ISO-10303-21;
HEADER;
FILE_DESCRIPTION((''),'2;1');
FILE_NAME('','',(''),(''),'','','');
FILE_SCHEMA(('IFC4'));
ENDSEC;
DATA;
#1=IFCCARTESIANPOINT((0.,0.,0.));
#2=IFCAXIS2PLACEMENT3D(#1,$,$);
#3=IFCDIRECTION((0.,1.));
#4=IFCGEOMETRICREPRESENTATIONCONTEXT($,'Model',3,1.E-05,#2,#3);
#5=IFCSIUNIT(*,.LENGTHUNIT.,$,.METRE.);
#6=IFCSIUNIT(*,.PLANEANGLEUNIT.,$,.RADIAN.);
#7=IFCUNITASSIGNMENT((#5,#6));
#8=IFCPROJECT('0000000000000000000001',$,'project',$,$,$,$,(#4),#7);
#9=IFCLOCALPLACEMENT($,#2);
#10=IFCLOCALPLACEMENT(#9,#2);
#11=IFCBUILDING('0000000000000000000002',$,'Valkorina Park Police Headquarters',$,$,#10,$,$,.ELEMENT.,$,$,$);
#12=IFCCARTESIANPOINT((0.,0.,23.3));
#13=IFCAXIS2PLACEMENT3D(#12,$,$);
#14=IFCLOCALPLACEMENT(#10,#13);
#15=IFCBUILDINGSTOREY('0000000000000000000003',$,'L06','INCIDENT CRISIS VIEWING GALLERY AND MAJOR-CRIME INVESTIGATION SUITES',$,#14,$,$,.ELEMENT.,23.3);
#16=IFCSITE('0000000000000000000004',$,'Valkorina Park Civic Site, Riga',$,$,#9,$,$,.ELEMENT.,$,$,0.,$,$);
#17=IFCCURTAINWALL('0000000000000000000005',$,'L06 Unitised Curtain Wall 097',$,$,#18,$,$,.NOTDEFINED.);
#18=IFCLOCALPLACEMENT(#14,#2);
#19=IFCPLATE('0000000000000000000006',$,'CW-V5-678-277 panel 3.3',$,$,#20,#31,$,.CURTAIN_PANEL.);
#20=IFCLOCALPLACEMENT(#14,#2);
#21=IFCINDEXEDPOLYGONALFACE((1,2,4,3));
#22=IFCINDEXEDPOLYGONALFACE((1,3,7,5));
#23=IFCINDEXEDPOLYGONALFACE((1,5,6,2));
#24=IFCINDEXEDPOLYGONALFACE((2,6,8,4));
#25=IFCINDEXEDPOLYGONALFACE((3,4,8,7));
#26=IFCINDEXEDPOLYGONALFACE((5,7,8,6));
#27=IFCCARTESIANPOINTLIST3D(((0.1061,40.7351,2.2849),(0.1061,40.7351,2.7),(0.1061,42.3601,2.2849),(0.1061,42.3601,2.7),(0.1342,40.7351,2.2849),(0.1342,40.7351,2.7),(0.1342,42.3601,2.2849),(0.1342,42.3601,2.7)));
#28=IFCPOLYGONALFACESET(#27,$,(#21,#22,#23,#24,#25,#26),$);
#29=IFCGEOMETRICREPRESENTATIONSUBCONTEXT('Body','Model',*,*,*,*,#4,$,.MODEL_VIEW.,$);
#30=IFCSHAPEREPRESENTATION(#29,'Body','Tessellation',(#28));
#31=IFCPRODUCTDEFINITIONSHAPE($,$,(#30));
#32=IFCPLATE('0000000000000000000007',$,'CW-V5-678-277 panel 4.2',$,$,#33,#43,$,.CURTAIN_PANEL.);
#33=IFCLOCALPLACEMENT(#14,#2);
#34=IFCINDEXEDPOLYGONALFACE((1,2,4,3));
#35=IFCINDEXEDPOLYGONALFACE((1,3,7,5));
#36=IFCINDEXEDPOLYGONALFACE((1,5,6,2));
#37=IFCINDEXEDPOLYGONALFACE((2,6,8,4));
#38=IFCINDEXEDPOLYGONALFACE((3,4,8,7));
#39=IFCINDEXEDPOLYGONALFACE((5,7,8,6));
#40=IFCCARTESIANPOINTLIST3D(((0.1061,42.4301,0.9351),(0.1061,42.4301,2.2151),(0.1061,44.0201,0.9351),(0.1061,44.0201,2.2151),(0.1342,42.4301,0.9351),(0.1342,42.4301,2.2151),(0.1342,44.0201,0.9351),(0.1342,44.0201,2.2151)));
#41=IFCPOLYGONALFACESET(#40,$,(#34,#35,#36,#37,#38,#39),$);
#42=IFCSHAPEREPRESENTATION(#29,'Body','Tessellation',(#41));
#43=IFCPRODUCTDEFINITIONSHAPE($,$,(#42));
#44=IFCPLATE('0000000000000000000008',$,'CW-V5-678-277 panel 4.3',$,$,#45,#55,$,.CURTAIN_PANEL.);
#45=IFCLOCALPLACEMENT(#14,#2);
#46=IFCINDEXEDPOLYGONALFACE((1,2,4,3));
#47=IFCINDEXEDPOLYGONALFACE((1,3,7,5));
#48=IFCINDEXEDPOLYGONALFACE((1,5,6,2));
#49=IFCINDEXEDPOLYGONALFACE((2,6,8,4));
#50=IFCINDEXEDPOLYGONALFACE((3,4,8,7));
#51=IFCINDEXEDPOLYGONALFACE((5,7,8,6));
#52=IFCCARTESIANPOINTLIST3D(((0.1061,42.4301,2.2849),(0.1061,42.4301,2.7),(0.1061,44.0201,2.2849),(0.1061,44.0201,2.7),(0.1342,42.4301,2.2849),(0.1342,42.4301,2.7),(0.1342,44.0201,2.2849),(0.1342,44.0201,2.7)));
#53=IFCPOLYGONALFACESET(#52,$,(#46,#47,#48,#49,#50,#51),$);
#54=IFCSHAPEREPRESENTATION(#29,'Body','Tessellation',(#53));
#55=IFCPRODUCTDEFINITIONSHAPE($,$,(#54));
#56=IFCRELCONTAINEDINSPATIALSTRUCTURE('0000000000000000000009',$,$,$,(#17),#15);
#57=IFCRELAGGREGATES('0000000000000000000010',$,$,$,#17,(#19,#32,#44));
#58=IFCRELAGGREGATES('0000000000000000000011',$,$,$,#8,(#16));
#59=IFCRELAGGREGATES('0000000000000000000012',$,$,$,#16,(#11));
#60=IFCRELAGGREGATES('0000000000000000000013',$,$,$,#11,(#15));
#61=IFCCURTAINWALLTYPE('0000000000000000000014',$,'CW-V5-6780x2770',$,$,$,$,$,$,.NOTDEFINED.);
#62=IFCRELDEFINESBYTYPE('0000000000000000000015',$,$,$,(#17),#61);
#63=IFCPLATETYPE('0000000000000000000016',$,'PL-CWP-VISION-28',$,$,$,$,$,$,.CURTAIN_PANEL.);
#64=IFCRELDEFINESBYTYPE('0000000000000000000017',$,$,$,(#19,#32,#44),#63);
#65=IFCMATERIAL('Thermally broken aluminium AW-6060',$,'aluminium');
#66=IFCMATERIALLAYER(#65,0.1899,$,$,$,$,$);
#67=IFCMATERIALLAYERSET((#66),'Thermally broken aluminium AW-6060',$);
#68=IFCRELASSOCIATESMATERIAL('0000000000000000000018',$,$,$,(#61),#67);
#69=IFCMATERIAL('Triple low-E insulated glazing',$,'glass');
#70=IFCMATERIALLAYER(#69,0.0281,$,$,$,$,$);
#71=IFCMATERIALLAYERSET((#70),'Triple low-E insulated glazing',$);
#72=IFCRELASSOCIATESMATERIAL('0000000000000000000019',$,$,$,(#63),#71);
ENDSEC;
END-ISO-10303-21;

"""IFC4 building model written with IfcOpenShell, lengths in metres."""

from ifc_helpers import new_model, si_unit, direction, frame, origin, origin_2d, place, context, subcontext, project, spatial, rectangle, extrude, material, layer, layer_set, type_object, element, aggregate, save


model = new_model("IFC4")

# Units and contexts
model_context = context("Model", 3, precision=1e-05, world=origin(), true_north=direction((0.0, 1.0)))
body_context = subcontext(model_context, "Body", "Model", "MODEL_VIEW")
ifc_project = project(units=[si_unit("LENGTHUNIT", "METRE"), si_unit("PLANEANGLEUNIT", "RADIAN")], contexts=[model_context])

# Site, building, storey
site_placement = place(None, origin())
site = spatial("IfcSite", under=ifc_project, at=site_placement, Name="Valkorina Park Civic Site, Riga", CompositionType="ELEMENT", RefElevation=0.0)
building_placement = place(site_placement, origin())
building = spatial("IfcBuilding", under=site, at=building_placement, Name="Valkorina Park Police Headquarters", CompositionType="ELEMENT")
storey_placement = place(building_placement, frame((0.0, 0.0, 23.3)))
storey = spatial("IfcBuildingStorey", under=building, at=storey_placement, Name="L06", Description="INCIDENT CRISIS VIEWING GALLERY AND MAJOR-CRIME INVESTIGATION SUITES", CompositionType="ELEMENT", Elevation=23.3)

# Curtain wall, plates
ifc_material_1 = material(Name="Thermally broken aluminium AW-6060", Category="aluminium")
ifc_layer_1 = layer(ifc_material_1, 0.1899)
ifc_layer_set_1 = layer_set([ifc_layer_1], Name="Thermally broken aluminium AW-6060")
curtain_wall_type = type_object("IfcCurtainWallType", Name="CW-V5-6780x2770", PredefinedType="NOTDEFINED", material=ifc_layer_set_1)
curtain_wall_placement = place(storey_placement, origin())
curtain_wall = element("IfcCurtainWall", 1, at=curtain_wall_placement, inside=storey, type_object=curtain_wall_type, Name="L06 Unitised Curtain Wall 097", PredefinedType="NOTDEFINED")
ifc_material_2 = material(Name="Triple low-E insulated glazing", Category="glass")
ifc_layer_2 = layer(ifc_material_2, 0.0281)
ifc_layer_set_2 = layer_set([ifc_layer_2], Name="Triple low-E insulated glazing")
plate_type_1 = type_object("IfcPlateType", Name="PL-CWP-VISION-28", PredefinedType="CURTAIN_PANEL", material=ifc_layer_set_2)
plate_1_placement = place(storey_placement, frame((0.1201, 41.5476, 2.2849), z_axis=(0.0, 0.0, 1.0), x_axis=(0.0, 1.0, 0.0)))
plate_1 = element("IfcPlate", 2, at=plate_1_placement, type_object=plate_type_1, Name="CW-V5-678-277 panel 3.3", PredefinedType="CURTAIN_PANEL", context=body_context, shape_type="SweptSolid", body=[
    extrude(rectangle(XDim=1.625, YDim=0.0281, at=origin_2d()), origin(), (0.0, 0.0, 1.0), 0.415),
])
plate_2_placement = place(storey_placement, frame((0.1201, 43.2251, 0.9351), z_axis=(0.0, 0.0, 1.0), x_axis=(0.0, 1.0, 0.0)))
plate_2 = element("IfcPlate", 3, at=plate_2_placement, type_object=plate_type_1, Name="CW-V5-678-277 panel 4.2", PredefinedType="CURTAIN_PANEL", context=body_context, shape_type="SweptSolid", body=[
    extrude(rectangle(XDim=1.5901, YDim=0.0281, at=origin_2d()), origin(), (0.0, 0.0, 1.0), 1.28),
])
plate_3_placement = place(storey_placement, frame((0.1201, 43.2251, 2.2849), z_axis=(0.0, 0.0, 1.0), x_axis=(0.0, 1.0, 0.0)))
plate_3 = element("IfcPlate", 4, at=plate_3_placement, type_object=plate_type_1, Name="CW-V5-678-277 panel 4.3", PredefinedType="CURTAIN_PANEL", context=body_context, shape_type="SweptSolid", body=[
    extrude(rectangle(XDim=1.5901, YDim=0.0281, at=origin_2d()), origin(), (0.0, 0.0, 1.0), 0.415),
])
aggregate(curtain_wall, [plate_1, plate_2, plate_3])

save(model, "model.ifc")
